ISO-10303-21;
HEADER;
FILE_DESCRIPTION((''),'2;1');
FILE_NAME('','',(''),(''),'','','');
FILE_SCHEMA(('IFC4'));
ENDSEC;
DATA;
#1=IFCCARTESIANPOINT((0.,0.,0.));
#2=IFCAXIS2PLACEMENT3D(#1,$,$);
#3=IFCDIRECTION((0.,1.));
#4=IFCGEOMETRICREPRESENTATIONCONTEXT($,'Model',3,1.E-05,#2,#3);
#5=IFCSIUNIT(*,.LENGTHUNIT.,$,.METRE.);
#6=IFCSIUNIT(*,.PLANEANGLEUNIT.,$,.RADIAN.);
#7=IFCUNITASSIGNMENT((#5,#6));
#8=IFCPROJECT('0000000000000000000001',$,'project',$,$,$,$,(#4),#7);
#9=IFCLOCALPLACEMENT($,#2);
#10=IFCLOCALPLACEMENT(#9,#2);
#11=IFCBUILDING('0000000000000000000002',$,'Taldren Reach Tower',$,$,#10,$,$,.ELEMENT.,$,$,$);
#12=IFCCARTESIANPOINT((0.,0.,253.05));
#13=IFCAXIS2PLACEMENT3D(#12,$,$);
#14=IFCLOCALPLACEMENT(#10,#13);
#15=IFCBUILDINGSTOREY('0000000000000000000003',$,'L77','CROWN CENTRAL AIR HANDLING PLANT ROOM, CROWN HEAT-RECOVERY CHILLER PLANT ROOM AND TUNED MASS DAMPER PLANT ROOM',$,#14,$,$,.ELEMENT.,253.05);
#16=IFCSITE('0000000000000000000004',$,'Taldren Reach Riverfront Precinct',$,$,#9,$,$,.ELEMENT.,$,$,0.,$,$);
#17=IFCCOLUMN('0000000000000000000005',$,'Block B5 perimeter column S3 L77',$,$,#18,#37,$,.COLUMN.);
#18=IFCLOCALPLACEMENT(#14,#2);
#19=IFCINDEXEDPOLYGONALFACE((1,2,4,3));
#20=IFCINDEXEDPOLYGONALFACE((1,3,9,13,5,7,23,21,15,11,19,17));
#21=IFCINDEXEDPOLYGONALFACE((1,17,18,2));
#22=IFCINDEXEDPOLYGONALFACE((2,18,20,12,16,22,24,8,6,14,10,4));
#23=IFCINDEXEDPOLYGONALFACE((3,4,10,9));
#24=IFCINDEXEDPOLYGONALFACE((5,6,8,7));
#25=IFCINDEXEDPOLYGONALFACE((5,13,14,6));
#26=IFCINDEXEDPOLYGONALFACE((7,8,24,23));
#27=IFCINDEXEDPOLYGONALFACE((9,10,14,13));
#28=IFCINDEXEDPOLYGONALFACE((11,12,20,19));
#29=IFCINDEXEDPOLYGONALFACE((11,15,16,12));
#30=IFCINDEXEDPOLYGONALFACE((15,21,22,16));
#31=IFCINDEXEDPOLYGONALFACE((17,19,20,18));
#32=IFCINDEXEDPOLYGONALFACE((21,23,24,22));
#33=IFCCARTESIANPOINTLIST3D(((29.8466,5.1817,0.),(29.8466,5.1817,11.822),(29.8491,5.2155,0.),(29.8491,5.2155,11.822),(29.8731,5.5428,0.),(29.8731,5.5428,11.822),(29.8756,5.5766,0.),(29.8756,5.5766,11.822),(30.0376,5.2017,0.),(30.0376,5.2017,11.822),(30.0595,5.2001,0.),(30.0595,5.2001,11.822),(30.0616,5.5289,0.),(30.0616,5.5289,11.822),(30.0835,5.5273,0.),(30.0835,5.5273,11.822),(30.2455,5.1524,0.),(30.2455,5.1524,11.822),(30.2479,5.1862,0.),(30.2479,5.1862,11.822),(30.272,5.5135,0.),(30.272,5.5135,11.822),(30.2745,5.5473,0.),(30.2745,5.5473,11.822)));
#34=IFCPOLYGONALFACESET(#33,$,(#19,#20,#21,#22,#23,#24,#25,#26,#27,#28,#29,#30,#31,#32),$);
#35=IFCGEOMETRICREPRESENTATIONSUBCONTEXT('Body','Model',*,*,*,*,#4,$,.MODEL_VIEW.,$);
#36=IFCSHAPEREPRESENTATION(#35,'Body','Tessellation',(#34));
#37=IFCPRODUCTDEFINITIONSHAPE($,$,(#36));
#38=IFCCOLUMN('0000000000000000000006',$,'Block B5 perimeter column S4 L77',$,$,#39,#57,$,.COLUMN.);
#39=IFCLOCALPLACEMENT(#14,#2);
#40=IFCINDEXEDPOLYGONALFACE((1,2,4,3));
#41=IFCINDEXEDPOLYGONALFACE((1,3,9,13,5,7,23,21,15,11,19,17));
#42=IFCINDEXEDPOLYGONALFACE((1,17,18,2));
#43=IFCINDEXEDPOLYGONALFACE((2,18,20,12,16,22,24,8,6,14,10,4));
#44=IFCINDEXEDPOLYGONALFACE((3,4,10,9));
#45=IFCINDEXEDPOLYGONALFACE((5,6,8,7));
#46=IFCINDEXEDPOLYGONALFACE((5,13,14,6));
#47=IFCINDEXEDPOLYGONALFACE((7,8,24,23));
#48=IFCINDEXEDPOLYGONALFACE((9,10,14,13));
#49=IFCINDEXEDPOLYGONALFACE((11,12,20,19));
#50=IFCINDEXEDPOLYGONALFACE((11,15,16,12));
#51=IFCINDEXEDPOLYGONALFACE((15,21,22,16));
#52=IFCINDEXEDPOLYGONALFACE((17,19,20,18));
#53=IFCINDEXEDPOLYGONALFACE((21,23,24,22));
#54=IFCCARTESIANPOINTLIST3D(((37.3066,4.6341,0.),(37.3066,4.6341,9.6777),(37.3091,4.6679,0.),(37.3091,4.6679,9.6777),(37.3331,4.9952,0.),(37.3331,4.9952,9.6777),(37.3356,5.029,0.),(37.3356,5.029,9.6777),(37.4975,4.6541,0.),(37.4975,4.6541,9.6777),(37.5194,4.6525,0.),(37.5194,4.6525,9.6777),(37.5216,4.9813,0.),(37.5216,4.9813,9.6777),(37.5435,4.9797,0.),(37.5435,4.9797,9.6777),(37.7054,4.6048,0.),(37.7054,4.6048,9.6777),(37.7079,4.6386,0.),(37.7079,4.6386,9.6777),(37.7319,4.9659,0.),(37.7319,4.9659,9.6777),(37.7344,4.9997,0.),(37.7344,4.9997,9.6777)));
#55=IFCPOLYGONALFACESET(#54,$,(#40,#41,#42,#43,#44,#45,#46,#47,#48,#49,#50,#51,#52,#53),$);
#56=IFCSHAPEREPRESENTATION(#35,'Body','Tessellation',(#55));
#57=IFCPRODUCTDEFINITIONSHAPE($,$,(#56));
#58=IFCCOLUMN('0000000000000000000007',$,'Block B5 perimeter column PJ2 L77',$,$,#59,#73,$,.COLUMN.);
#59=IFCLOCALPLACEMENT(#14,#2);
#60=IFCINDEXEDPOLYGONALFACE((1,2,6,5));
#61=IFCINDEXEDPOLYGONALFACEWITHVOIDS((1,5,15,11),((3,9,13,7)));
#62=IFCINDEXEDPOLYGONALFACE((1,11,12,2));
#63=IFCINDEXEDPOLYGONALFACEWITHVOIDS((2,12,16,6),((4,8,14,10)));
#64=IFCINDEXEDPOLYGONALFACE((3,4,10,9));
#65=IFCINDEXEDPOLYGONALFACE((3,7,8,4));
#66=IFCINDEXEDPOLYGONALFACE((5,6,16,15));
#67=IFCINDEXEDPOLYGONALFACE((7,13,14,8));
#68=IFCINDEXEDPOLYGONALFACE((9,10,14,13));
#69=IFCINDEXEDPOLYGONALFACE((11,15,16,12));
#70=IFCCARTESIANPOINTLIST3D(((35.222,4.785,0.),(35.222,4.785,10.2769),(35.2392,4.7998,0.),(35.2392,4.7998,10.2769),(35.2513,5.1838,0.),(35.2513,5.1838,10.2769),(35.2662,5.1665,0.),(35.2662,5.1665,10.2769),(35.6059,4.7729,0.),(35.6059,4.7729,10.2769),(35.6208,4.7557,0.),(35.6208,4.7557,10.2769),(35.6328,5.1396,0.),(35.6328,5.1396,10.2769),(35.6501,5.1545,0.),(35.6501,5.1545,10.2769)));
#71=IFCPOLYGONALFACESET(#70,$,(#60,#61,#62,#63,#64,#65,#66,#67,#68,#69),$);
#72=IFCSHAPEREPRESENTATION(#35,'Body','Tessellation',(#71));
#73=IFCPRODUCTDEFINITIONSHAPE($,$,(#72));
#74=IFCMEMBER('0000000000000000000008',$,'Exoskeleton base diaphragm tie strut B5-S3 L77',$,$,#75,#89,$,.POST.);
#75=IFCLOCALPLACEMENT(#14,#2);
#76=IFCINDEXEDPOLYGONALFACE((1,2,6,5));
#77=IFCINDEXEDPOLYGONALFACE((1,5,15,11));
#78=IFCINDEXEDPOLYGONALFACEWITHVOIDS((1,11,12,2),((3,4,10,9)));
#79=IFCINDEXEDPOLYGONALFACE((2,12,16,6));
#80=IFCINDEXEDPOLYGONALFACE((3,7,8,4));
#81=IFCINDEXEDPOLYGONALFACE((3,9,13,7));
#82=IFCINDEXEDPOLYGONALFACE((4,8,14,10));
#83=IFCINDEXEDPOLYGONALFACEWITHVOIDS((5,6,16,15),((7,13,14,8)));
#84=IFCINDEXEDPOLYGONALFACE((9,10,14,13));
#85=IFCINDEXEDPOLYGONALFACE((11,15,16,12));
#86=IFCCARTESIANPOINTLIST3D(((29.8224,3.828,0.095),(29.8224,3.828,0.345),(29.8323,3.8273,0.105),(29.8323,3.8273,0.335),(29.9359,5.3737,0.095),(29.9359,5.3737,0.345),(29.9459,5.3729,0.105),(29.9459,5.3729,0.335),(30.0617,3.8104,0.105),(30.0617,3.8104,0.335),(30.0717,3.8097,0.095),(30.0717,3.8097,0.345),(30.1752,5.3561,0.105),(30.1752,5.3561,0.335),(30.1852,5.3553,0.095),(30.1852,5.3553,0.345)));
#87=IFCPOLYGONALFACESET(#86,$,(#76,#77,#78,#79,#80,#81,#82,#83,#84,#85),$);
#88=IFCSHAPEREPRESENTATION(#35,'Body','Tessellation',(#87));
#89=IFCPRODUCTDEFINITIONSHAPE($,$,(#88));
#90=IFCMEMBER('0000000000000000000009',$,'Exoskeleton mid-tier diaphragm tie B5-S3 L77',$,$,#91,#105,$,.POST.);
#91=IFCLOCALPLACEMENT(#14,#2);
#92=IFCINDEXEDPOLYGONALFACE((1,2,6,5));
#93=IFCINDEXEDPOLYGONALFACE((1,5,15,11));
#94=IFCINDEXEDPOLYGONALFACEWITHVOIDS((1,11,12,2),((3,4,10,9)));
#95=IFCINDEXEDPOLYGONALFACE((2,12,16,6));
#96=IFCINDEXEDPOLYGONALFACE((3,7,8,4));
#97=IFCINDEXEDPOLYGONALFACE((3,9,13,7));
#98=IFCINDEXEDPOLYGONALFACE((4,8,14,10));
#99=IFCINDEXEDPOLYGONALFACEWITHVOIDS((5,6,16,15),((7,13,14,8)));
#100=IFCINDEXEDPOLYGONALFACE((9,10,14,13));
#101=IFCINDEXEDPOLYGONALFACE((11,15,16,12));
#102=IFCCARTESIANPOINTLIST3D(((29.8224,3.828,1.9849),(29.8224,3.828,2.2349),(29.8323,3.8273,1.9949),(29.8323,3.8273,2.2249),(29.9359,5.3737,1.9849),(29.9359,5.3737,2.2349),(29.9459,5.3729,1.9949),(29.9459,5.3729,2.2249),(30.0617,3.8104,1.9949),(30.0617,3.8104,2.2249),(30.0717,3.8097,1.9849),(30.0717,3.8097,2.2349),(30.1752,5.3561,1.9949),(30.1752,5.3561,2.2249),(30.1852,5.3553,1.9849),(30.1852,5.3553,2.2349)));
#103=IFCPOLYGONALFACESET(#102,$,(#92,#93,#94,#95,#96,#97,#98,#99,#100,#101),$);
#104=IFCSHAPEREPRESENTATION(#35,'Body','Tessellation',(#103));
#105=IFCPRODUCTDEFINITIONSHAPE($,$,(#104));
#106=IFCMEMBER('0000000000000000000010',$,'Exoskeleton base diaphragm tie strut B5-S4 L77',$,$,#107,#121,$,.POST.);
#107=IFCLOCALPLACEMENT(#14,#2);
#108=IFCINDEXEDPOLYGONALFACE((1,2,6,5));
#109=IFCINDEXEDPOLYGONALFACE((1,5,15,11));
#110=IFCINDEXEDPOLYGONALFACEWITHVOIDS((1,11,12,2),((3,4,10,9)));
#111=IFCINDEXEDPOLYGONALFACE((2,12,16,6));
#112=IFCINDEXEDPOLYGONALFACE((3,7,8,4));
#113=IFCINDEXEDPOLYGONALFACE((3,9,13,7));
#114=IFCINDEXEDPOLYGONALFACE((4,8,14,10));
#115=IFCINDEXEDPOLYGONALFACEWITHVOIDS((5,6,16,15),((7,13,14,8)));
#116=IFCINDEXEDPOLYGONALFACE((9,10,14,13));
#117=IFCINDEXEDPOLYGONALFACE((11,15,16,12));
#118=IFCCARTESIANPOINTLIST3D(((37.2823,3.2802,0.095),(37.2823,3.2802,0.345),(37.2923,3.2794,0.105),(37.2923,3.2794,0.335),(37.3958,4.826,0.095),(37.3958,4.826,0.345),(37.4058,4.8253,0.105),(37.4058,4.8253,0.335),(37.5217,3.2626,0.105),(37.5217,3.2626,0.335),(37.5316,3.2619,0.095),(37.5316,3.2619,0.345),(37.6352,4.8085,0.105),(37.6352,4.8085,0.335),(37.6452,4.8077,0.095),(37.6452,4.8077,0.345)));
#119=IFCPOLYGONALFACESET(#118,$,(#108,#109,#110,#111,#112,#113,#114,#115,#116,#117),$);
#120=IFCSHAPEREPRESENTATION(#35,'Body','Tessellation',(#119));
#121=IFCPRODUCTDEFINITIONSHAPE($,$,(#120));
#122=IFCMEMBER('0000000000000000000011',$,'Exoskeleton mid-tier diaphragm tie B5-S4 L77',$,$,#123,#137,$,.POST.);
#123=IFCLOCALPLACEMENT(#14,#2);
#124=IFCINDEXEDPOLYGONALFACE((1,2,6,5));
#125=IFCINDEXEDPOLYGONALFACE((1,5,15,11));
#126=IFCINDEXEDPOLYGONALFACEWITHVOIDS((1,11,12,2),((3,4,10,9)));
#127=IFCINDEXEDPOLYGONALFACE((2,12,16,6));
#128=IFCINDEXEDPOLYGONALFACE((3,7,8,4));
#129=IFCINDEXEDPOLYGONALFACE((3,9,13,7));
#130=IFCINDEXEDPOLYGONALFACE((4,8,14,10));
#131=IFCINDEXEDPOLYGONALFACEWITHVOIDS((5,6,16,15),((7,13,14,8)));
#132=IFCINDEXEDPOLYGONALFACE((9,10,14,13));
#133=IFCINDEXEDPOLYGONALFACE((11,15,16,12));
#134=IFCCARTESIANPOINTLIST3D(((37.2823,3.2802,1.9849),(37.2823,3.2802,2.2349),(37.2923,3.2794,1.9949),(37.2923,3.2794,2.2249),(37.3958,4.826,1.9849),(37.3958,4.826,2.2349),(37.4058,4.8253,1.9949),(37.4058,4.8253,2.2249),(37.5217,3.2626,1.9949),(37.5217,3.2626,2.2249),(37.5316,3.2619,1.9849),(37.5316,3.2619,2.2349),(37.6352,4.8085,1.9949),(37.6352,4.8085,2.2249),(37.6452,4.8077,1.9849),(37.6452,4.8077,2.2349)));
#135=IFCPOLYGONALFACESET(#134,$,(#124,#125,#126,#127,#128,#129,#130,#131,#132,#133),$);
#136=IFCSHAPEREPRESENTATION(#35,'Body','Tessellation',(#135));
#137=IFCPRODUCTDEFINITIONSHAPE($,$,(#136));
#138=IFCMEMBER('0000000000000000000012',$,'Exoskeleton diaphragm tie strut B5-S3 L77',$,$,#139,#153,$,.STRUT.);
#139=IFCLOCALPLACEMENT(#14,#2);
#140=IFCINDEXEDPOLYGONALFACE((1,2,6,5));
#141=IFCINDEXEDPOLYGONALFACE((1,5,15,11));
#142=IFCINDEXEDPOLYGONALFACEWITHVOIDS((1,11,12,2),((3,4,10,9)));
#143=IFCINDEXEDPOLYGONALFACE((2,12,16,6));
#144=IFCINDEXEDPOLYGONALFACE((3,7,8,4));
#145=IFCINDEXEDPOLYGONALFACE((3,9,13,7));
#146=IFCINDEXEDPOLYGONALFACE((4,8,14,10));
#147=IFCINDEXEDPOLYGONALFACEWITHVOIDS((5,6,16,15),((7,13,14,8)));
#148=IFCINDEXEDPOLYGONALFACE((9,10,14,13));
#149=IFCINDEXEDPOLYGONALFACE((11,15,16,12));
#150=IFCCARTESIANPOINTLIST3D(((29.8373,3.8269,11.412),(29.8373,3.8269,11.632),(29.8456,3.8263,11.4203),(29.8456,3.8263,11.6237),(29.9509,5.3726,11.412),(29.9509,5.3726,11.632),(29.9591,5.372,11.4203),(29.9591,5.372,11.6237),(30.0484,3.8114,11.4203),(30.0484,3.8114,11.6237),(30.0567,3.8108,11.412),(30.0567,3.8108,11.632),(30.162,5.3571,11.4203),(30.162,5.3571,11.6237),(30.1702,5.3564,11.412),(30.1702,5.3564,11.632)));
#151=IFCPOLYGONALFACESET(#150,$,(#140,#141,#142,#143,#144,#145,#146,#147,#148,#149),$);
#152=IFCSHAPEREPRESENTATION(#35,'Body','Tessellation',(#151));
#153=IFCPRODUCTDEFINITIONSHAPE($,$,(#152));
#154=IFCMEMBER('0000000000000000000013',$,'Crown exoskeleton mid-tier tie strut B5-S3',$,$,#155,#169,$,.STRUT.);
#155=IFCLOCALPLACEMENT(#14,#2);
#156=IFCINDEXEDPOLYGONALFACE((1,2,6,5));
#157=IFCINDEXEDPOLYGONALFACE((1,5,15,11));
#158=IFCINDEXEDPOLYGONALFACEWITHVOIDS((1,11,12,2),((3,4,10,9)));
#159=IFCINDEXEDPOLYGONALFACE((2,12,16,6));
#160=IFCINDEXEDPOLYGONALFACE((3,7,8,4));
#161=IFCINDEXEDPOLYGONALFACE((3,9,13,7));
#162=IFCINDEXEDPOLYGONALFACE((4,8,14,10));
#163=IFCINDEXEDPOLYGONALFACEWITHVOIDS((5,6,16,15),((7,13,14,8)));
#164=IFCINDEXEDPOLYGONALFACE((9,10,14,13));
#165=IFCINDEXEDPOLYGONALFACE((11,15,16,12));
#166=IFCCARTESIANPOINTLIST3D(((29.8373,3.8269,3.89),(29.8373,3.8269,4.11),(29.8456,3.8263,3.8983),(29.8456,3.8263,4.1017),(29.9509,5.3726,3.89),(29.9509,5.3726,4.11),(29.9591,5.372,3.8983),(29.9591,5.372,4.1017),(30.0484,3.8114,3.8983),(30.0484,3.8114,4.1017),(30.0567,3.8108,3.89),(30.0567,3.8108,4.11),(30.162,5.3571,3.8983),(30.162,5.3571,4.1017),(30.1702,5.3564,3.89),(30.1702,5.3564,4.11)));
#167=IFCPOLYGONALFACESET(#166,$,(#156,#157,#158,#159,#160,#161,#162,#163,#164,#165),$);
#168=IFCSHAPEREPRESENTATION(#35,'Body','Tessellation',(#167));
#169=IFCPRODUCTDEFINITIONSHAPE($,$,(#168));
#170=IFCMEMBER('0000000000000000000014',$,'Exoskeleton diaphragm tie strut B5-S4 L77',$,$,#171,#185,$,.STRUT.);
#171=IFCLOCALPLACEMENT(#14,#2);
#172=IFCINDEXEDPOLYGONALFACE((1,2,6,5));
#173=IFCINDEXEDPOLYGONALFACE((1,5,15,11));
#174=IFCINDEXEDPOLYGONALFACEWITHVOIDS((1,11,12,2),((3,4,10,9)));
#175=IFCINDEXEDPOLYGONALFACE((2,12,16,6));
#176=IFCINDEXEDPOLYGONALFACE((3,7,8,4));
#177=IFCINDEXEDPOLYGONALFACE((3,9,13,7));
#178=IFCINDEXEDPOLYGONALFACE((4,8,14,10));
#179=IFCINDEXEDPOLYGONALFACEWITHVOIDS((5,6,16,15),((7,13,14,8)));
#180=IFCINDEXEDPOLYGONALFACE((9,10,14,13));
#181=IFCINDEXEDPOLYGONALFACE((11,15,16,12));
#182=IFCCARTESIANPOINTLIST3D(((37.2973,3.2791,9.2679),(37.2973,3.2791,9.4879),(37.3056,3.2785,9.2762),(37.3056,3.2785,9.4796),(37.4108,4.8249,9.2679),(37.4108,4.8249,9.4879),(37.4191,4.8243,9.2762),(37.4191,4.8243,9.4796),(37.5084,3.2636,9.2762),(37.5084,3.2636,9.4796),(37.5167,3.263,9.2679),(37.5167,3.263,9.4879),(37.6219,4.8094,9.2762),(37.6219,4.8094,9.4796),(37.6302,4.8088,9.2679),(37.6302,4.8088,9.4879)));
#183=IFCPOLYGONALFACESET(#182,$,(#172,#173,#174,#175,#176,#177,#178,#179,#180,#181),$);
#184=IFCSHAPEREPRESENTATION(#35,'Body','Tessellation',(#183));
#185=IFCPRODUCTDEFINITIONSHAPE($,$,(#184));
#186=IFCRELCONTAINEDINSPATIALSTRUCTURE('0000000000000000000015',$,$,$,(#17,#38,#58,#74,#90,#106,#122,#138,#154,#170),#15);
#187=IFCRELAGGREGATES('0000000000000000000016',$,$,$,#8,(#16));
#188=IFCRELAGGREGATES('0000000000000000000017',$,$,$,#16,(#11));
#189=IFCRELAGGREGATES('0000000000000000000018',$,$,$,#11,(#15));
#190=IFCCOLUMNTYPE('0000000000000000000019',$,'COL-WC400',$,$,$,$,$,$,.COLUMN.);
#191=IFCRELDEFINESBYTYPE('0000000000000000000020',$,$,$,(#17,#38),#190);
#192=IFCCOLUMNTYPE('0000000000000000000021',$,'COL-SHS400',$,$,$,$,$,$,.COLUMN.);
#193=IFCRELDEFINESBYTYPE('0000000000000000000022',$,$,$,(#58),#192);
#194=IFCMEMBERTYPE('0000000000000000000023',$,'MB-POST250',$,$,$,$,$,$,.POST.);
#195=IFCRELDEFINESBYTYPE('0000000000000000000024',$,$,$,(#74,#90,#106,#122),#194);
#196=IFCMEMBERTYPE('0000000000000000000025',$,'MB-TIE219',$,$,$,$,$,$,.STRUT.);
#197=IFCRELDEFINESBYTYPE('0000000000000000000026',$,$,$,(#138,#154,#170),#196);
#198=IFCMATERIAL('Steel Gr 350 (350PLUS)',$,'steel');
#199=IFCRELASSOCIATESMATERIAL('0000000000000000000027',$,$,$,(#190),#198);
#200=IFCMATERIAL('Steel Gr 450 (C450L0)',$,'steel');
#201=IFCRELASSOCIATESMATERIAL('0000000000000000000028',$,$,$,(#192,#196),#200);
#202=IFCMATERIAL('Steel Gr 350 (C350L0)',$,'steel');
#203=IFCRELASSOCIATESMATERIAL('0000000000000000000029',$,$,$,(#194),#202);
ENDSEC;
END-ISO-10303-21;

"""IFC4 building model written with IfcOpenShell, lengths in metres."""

from ifc_helpers import new_model, si_unit, direction, frame, origin, origin_2d, place, context, subcontext, project, spatial, hollow_rectangle, i_section, extrude, source, transform, mapped, material, material_profile, profile_set, type_object, element, save


model = new_model("IFC4")

# Units and contexts
model_context = context("Model", 3, precision=1e-05, world=origin(), true_north=direction((0.0, 1.0)))
body_context = subcontext(model_context, "Body", "Model", "MODEL_VIEW")
ifc_project = project(units=[si_unit("LENGTHUNIT", "METRE"), si_unit("PLANEANGLEUNIT", "RADIAN")], contexts=[model_context])

# Site, building, storey
site_placement = place(None, origin())
site = spatial("IfcSite", under=ifc_project, at=site_placement, Name="Taldren Reach Riverfront Precinct", CompositionType="ELEMENT", RefElevation=0.0)
building_placement = place(site_placement, origin())
building = spatial("IfcBuilding", under=site, at=building_placement, Name="Taldren Reach Tower", CompositionType="ELEMENT")
storey_placement = place(building_placement, frame((0.0, 0.0, 253.05)))
storey = spatial("IfcBuildingStorey", under=building, at=storey_placement, Name="L77", Description="CROWN CENTRAL AIR HANDLING PLANT ROOM, CROWN HEAT-RECOVERY CHILLER PLANT ROOM AND TUNED MASS DAMPER PLANT ROOM", CompositionType="ELEMENT", Elevation=253.05)

# Columns
ifc_material_1 = material(Name="Steel Gr 350 (350PLUS)", Category="steel")
ifc_material_profile_1 = material_profile(ifc_material_1, i_section(OverallWidth=0.3999, OverallDepth=0.396, WebThickness=0.022, FlangeThickness=0.0339, at=origin_2d()), Name="400WC270")
ifc_profile_set_1 = profile_set([ifc_material_profile_1], Name="Steel Gr 350 (350PLUS)")
column_type_1 = type_object("IfcColumnType", Name="COL-WC400", PredefinedType="COLUMN", material=ifc_profile_set_1)
shared_shape_1 = source(origin(), body_context, "Body", "SweptSolid", [
    extrude(i_section(OverallWidth=0.3999, OverallDepth=0.396, WebThickness=0.022, FlangeThickness=0.0339, at=origin_2d()), origin(), (0.0, 0.0, 1.0), 11.822),
])
column_1_placement = place(storey_placement, frame((30.0605, 5.3645, 0.0), z_axis=(0.0, 0.0, 1.0), x_axis=(0.997314, -0.073238, 0.0)))
element("IfcColumn", 1, at=column_1_placement, inside=storey, type_object=column_type_1, Name="Block B5 perimeter column S3 L77", PredefinedType="COLUMN", context=body_context, shape_type="MappedRepresentation", body=[
    mapped(shared_shape_1, transform((0.0, 0.0, 0.0), scale=1.0)),
])
shared_shape_2 = source(origin(), body_context, "Body", "SweptSolid", [
    extrude(i_section(OverallWidth=0.3999, OverallDepth=0.396, WebThickness=0.022, FlangeThickness=0.0339, at=origin_2d()), origin(), (0.0, 0.0, 1.0), 9.6777),
])
column_2_placement = place(storey_placement, frame((37.5205, 4.8169, 0.0), z_axis=(0.0, 0.0, 1.0), x_axis=(0.997314, -0.073238, 0.0)))
element("IfcColumn", 2, at=column_2_placement, inside=storey, type_object=column_type_1, Name="Block B5 perimeter column S4 L77", PredefinedType="COLUMN", context=body_context, shape_type="MappedRepresentation", body=[
    mapped(shared_shape_2, transform((0.0, 0.0, 0.0), scale=1.0)),
])
ifc_material_2 = material(Name="Steel Gr 450 (C450L0)", Category="steel")
ifc_material_profile_2 = material_profile(ifc_material_2, hollow_rectangle(XDim=0.3999, YDim=0.3999, WallThickness=0.0161, at=origin_2d()), Name="400x400x16.0SHS")
ifc_profile_set_2 = profile_set([ifc_material_profile_2], Name="Steel Gr 450 (C450L0)")
column_type_2 = type_object("IfcColumnType", Name="COL-SHS400", PredefinedType="COLUMN", material=ifc_profile_set_2)
shared_shape_3 = source(origin(), body_context, "Body", "SweptSolid", [
    extrude(hollow_rectangle(XDim=0.3999, YDim=0.3999, WallThickness=0.0161, at=origin_2d()), origin(), (0.0, 0.0, 1.0), 10.2769),
])
column_3_placement = place(storey_placement, frame((35.436, 4.9697, 0.0), z_axis=(0.0, 0.0, 1.0), x_axis=(0.997314, -0.073238, 0.0)))
element("IfcColumn", 3, at=column_3_placement, inside=storey, type_object=column_type_2, Name="Block B5 perimeter column PJ2 L77", PredefinedType="COLUMN", context=body_context, shape_type="MappedRepresentation", body=[
    mapped(shared_shape_3, transform((0.0, 0.0, 0.0), scale=1.0)),
])

# Members
ifc_material_3 = material(Name="Steel Gr 350 (C350L0)", Category="steel")
ifc_material_profile_3 = material_profile(ifc_material_3, hollow_rectangle(XDim=0.25, YDim=0.25, WallThickness=0.01, at=origin_2d()), Name="250x250x10.0SHS")
ifc_profile_set_3 = profile_set([ifc_material_profile_3], Name="Steel Gr 350 (C350L0)")
member_type_1 = type_object("IfcMemberType", Name="MB-POST250", PredefinedType="POST", material=ifc_profile_set_3)
shared_shape_4 = source(origin(), body_context, "Body", "SweptSolid", [
    extrude(hollow_rectangle(XDim=0.25, YDim=0.25, WallThickness=0.01, at=origin_2d()), origin(), (0.0, 0.0, 1.0), 1.5498),
])
for number, where, z_axis, x_axis, name in (
    (4, (30.0605, 5.3645, 0.22), (-0.073251, -0.997314, 0.0), (0.997314, -0.073251, 0.0), "Exoskeleton base diaphragm tie strut B5-S3 L77"),
    (5, (30.0605, 5.3645, 2.1099), (-0.073251, -0.997314, 0.0), (0.997314, -0.073251, 0.0), "Exoskeleton mid-tier diaphragm tie B5-S3 L77"),
):
    element("IfcMember", number, at=place(storey_placement, frame(where, z_axis=z_axis, x_axis=x_axis)), inside=storey, type_object=member_type_1, Name=name, PredefinedType="POST", context=body_context, shape_type="MappedRepresentation", body=[
        mapped(shared_shape_4, transform((0.0, 0.0, 0.0), scale=1.0)),
    ])
shared_shape_5 = source(origin(), body_context, "Body", "SweptSolid", [
    extrude(hollow_rectangle(XDim=0.25, YDim=0.25, WallThickness=0.01, at=origin_2d()), origin(), (0.0, 0.0, 1.0), 1.55),
])
for number, where, z_axis, x_axis, name in (
    (6, (37.5205, 4.8169, 0.22), (-0.073239, -0.997314, 0.0), (0.997314, -0.073239, 0.0), "Exoskeleton base diaphragm tie strut B5-S4 L77"),
    (7, (37.5205, 4.8169, 2.1099), (-0.073239, -0.997314, 0.0), (0.997314, -0.073239, 0.0), "Exoskeleton mid-tier diaphragm tie B5-S4 L77"),
):
    element("IfcMember", number, at=place(storey_placement, frame(where, z_axis=z_axis, x_axis=x_axis)), inside=storey, type_object=member_type_1, Name=name, PredefinedType="POST", context=body_context, shape_type="MappedRepresentation", body=[
        mapped(shared_shape_5, transform((0.0, 0.0, 0.0), scale=1.0)),
    ])
ifc_material_profile_4 = material_profile(ifc_material_2, hollow_rectangle(XDim=0.22, YDim=0.22, WallThickness=0.0083, at=origin_2d()), Name="220x220x8.2SHS")
ifc_profile_set_4 = profile_set([ifc_material_profile_4], Name="Steel Gr 450 (C450L0)")
member_type_2 = type_object("IfcMemberType", Name="MB-TIE219", PredefinedType="STRUT", material=ifc_profile_set_4)
shared_shape_6 = source(origin(), body_context, "Body", "SweptSolid", [
    extrude(hollow_rectangle(XDim=0.22, YDim=0.22, WallThickness=0.0083, at=origin_2d()), origin(), (0.0, 0.0, 1.0), 1.5498),
])
for number, where, z_axis, x_axis, name in (
    (8, (30.0605, 5.3645, 11.522), (-0.073251, -0.997314, 0.0), (0.997314, -0.073251, 0.0), "Exoskeleton diaphragm tie strut B5-S3 L77"),
    (9, (30.0605, 5.3645, 4.0), (-0.073251, -0.997314, 0.0), (0.997314, -0.073251, 0.0), "Crown exoskeleton mid-tier tie strut B5-S3"),
):
    element("IfcMember", number, at=place(storey_placement, frame(where, z_axis=z_axis, x_axis=x_axis)), inside=storey, type_object=member_type_2, Name=name, PredefinedType="STRUT", context=body_context, shape_type="MappedRepresentation", body=[
        mapped(shared_shape_6, transform((0.0, 0.0, 0.0), scale=1.0)),
    ])
shared_shape_7 = source(origin(), body_context, "Body", "SweptSolid", [
    extrude(hollow_rectangle(XDim=0.22, YDim=0.22, WallThickness=0.0083, at=origin_2d()), origin(), (0.0, 0.0, 1.0), 1.55),
])
for number, where, z_axis, x_axis, name in (
    (10, (37.5205, 4.8169, 9.3779), (-0.073239, -0.997314, 0.0), (0.997314, -0.073239, 0.0), "Exoskeleton diaphragm tie strut B5-S4 L77"),
):
    element("IfcMember", number, at=place(storey_placement, frame(where, z_axis=z_axis, x_axis=x_axis)), inside=storey, type_object=member_type_2, Name=name, PredefinedType="STRUT", context=body_context, shape_type="MappedRepresentation", body=[
        mapped(shared_shape_7, transform((0.0, 0.0, 0.0), scale=1.0)),
    ])

save(model, "model.ifc")
